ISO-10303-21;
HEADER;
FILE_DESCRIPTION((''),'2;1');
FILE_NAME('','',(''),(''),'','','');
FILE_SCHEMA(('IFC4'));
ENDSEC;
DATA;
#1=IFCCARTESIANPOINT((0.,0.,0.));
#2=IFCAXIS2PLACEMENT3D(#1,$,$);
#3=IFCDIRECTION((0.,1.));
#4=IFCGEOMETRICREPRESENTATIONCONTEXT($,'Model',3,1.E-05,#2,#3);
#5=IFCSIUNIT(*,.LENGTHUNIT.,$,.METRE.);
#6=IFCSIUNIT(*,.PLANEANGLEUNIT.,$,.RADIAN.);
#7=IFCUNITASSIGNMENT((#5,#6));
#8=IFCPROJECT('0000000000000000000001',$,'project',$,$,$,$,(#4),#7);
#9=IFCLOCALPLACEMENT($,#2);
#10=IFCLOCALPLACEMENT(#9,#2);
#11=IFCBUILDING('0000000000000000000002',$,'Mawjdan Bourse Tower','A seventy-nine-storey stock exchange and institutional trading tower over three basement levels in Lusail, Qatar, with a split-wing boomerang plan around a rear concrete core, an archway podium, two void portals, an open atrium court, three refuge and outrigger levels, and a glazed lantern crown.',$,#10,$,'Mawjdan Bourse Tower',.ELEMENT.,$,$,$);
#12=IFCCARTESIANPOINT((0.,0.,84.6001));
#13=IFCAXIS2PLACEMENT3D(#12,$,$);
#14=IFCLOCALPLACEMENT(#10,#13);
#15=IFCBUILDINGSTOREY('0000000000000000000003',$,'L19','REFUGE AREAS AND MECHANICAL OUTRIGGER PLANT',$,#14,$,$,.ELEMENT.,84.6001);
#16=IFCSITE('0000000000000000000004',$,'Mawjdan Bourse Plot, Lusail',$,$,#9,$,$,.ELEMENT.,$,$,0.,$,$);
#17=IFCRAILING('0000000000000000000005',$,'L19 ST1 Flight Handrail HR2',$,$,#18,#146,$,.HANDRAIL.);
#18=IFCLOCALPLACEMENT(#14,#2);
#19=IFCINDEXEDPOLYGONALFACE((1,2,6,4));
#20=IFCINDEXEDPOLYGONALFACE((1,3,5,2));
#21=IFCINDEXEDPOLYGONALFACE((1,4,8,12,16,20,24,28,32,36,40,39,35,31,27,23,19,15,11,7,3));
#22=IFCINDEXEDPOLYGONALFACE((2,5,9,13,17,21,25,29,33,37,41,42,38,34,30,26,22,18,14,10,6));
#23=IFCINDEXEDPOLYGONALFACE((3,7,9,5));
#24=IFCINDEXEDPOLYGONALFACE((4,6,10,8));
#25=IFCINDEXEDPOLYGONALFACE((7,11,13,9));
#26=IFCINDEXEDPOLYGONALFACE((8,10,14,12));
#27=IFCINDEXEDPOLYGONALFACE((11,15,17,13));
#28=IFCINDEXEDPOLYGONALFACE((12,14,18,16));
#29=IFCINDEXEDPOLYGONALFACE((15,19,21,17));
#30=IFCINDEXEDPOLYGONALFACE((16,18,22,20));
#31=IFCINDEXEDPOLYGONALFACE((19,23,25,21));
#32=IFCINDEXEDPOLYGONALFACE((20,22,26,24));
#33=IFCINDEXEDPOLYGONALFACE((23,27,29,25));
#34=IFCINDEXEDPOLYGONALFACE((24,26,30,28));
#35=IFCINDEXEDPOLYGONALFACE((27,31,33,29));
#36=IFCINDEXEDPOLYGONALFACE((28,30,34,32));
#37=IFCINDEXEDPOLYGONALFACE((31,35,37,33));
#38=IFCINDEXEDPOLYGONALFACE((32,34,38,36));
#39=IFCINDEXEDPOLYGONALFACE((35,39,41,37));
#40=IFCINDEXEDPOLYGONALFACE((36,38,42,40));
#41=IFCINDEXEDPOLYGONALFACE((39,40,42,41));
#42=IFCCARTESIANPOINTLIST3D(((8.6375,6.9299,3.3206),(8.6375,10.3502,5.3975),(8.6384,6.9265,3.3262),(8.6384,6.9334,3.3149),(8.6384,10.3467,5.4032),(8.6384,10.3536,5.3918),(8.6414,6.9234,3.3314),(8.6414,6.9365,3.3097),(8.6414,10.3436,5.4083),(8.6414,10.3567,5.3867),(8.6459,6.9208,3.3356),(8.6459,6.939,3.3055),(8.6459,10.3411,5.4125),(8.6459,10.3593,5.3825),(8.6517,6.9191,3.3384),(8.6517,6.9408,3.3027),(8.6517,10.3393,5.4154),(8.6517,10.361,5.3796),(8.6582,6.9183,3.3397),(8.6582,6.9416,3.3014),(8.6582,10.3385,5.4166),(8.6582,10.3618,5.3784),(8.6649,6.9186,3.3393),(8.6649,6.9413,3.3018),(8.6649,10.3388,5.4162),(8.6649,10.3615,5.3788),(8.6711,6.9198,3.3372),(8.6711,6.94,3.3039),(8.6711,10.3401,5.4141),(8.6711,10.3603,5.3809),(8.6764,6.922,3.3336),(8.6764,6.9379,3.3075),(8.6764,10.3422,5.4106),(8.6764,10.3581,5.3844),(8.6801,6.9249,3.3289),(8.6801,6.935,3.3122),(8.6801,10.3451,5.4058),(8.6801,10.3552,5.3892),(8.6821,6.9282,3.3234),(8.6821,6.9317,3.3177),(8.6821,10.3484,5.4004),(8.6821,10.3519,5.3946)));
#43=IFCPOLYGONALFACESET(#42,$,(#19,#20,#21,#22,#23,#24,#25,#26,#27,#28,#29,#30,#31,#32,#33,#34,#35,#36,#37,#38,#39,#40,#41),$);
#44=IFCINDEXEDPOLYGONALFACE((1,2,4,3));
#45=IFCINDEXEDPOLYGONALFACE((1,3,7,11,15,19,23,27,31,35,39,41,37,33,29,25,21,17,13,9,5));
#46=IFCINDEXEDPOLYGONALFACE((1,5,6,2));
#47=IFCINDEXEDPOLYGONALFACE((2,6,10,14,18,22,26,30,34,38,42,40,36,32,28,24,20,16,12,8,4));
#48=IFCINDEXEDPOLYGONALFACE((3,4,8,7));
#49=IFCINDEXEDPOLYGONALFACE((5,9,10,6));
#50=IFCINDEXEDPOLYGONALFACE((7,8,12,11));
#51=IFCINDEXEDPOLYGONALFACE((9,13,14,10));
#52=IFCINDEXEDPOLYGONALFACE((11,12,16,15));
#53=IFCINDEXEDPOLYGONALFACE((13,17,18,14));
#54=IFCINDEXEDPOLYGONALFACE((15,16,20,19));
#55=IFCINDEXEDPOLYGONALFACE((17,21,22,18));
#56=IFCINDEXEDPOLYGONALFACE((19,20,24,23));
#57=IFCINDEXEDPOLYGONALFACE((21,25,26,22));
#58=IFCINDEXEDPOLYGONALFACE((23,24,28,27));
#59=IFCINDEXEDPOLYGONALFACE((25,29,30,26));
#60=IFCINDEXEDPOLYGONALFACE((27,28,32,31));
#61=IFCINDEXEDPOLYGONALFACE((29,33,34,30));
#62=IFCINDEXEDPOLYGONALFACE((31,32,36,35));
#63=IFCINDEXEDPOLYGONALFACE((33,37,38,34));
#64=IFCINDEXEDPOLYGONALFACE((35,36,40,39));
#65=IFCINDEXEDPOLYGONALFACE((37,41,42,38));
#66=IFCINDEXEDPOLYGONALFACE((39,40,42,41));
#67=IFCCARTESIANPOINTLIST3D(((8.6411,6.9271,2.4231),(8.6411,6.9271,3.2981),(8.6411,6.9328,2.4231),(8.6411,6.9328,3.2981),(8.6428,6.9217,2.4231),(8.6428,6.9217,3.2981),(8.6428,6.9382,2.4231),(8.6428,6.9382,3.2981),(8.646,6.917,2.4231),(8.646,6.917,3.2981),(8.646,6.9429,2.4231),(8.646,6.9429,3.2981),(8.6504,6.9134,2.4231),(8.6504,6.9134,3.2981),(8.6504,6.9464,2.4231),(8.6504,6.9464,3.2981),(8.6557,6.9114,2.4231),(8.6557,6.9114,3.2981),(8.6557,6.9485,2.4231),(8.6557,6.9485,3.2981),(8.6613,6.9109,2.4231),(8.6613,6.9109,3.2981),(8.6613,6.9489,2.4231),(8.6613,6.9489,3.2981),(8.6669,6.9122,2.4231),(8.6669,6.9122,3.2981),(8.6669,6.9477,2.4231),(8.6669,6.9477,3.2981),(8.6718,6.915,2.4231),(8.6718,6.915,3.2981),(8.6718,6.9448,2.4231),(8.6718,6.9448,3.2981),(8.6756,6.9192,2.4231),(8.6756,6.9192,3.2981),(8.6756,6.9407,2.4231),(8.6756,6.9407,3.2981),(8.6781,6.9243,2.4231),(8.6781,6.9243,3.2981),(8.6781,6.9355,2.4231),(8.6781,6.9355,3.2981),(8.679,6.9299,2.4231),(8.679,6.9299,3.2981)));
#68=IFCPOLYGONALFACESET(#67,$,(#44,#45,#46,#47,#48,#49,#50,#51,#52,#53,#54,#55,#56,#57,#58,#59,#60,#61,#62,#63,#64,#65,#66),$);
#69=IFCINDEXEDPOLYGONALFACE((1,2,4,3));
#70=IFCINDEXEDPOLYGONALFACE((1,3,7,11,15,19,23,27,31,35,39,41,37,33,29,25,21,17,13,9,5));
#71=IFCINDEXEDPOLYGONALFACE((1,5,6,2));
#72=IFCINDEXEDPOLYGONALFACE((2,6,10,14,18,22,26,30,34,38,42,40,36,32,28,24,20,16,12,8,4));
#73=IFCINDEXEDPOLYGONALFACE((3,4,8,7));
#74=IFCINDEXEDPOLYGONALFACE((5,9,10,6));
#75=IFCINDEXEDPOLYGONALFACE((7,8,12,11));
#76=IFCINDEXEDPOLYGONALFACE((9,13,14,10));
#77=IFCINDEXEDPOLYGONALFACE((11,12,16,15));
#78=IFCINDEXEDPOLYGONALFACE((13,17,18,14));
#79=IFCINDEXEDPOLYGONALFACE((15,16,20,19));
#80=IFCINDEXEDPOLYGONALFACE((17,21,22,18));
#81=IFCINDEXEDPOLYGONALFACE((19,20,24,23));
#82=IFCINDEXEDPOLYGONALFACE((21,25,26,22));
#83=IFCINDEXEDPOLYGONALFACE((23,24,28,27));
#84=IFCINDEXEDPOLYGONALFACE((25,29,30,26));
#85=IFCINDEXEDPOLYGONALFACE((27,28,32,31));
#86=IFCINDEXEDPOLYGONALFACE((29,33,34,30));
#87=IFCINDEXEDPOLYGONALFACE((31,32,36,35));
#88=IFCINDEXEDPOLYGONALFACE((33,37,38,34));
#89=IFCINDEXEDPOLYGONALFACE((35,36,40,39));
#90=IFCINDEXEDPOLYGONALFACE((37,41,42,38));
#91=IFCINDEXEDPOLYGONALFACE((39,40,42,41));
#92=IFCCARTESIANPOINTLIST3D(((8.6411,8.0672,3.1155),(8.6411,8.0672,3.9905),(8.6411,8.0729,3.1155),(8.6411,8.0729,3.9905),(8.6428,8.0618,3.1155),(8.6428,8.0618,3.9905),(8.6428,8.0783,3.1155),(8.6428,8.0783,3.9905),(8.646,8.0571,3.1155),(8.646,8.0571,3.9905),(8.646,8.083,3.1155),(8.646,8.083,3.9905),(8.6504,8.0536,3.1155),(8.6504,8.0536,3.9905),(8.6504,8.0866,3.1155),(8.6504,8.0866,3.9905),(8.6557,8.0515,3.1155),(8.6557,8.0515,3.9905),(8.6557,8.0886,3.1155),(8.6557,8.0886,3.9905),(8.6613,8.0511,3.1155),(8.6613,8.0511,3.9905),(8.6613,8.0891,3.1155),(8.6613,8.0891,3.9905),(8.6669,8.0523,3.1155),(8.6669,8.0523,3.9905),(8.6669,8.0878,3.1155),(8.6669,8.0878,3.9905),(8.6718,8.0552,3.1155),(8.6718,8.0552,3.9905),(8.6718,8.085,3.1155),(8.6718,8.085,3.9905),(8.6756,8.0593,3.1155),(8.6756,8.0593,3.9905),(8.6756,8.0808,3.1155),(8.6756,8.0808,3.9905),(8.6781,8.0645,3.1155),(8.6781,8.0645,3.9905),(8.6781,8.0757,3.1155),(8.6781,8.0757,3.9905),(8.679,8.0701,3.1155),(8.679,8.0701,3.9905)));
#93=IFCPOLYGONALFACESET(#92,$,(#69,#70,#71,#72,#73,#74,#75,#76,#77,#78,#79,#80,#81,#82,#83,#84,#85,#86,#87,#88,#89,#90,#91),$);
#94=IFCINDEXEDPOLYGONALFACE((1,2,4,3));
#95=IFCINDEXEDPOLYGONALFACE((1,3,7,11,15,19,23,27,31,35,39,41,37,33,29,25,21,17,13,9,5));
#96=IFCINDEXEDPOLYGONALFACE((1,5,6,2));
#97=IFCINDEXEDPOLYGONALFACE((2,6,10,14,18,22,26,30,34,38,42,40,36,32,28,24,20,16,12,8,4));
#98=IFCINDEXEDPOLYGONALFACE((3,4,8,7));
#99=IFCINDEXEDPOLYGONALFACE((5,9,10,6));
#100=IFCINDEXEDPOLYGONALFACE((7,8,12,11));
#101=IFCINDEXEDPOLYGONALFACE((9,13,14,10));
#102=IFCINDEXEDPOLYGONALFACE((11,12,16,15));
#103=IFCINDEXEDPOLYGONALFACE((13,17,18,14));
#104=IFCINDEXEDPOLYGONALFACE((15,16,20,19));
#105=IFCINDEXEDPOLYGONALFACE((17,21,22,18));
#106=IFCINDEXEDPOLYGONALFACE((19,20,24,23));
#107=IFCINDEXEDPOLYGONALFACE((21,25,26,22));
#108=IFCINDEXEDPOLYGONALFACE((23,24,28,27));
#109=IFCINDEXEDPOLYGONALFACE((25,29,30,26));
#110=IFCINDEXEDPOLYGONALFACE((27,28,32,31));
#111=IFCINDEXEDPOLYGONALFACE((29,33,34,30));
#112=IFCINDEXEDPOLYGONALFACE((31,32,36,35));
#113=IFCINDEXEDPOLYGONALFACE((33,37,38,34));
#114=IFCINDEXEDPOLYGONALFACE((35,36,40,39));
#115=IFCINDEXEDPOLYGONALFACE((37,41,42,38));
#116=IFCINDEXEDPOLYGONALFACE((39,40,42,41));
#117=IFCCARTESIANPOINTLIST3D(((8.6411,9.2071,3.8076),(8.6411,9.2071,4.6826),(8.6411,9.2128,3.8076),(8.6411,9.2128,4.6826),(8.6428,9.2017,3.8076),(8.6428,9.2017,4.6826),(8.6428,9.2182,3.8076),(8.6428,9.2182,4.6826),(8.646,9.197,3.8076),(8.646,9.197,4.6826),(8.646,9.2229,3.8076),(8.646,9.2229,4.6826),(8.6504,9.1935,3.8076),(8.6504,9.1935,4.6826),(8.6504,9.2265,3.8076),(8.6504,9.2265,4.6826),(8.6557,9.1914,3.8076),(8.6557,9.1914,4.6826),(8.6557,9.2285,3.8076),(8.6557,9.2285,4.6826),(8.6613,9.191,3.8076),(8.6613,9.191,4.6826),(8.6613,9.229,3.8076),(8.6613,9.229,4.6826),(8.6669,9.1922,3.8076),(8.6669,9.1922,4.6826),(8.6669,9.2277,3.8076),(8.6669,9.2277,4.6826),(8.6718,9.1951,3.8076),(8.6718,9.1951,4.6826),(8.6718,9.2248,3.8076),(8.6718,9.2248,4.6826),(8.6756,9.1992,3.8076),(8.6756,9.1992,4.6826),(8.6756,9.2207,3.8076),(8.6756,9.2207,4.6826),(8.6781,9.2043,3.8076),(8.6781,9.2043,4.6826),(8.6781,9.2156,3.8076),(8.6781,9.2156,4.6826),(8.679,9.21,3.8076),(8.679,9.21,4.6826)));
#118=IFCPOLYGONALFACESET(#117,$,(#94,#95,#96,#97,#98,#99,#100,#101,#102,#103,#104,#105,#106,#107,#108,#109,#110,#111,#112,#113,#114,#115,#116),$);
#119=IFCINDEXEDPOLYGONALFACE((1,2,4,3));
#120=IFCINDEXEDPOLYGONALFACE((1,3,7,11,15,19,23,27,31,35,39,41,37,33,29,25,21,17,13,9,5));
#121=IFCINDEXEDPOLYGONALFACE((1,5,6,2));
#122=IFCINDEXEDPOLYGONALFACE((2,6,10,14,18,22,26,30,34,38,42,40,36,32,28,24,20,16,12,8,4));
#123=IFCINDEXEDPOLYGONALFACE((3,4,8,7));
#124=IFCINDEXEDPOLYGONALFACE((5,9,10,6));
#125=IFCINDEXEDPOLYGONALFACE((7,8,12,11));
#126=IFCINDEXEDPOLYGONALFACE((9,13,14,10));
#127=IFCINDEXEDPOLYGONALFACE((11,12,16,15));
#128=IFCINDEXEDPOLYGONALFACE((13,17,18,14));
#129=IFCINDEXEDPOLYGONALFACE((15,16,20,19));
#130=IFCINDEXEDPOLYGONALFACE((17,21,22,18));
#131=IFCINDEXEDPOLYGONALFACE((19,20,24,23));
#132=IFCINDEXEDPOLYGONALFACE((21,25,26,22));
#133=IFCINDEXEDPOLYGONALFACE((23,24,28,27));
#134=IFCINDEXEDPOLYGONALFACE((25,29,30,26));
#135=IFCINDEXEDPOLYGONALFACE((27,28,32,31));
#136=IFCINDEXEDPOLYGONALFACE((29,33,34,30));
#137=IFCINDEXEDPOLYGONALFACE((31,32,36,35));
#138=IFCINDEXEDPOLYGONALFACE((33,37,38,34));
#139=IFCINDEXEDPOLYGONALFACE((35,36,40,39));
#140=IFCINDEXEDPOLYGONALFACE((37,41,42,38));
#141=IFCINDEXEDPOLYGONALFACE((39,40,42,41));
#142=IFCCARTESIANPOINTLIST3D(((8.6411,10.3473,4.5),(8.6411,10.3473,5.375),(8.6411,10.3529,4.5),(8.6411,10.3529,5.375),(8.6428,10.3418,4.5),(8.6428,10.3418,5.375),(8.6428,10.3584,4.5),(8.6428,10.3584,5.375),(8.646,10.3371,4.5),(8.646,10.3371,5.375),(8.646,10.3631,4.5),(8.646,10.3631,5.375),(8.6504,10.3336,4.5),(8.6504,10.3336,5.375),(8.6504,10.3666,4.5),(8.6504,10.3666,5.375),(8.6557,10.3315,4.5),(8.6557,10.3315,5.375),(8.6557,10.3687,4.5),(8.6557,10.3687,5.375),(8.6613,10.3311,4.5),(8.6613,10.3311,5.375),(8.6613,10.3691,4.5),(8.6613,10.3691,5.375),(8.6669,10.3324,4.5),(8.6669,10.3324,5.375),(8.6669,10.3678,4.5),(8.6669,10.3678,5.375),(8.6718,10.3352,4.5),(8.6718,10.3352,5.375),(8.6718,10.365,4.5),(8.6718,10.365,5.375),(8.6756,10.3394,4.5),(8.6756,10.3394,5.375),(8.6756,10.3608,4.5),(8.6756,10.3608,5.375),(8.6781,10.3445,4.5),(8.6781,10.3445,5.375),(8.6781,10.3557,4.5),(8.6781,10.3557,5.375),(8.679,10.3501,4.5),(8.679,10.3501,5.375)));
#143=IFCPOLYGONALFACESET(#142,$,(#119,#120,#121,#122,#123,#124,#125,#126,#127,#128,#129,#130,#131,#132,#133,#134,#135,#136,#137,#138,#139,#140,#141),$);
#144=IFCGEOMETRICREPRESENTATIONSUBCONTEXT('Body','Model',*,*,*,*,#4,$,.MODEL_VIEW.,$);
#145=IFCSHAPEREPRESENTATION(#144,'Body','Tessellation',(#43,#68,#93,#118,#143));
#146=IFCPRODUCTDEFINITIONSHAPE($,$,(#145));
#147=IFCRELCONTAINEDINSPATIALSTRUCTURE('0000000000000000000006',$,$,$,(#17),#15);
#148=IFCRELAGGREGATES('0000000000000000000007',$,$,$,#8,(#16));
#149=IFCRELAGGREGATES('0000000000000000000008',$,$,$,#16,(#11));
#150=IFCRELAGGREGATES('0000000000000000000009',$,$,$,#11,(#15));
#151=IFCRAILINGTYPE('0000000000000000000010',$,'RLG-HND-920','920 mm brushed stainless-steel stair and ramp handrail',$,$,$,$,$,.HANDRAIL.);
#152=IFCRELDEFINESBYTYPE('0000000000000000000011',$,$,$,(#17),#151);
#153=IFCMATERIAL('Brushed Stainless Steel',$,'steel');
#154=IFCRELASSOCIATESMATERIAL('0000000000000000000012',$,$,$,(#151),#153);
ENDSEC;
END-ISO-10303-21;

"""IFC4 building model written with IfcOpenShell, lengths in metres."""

from ifc_helpers import new_model, si_unit, direction, frame, origin, origin_2d, place, context, subcontext, project, spatial, circle, extrude, material, type_object, element, save


model = new_model("IFC4")

# Units and contexts
model_context = context("Model", 3, precision=1e-05, world=origin(), true_north=direction((0.0, 1.0)))
body_context = subcontext(model_context, "Body", "Model", "MODEL_VIEW")
ifc_project = project(units=[si_unit("LENGTHUNIT", "METRE"), si_unit("PLANEANGLEUNIT", "RADIAN")], contexts=[model_context])

# Site, building, storey
site_placement = place(None, origin())
site = spatial("IfcSite", under=ifc_project, at=site_placement, Name="Mawjdan Bourse Plot, Lusail", CompositionType="ELEMENT", RefElevation=0.0)
building_placement = place(site_placement, origin())
building = spatial("IfcBuilding", under=site, at=building_placement, Name="Mawjdan Bourse Tower", Description="A seventy-nine-storey stock exchange and institutional trading tower over three basement levels in Lusail, Qatar, with a split-wing boomerang plan around a rear concrete core, an archway podium, two void portals, an open atrium court, three refuge and outrigger levels, and a glazed lantern crown.", LongName="Mawjdan Bourse Tower", CompositionType="ELEMENT")
storey_placement = place(building_placement, frame((0.0, 0.0, 84.6001)))
storey = spatial("IfcBuildingStorey", under=building, at=storey_placement, Name="L19", Description="REFUGE AREAS AND MECHANICAL OUTRIGGER PLANT", CompositionType="ELEMENT", Elevation=84.6001)

# Railing
ifc_material_1 = material(Name="Brushed Stainless Steel", Category="steel")
railing_type_1 = type_object("IfcRailingType", Name="RLG-HND-920", Description="920 mm brushed stainless-steel stair and ramp handrail", PredefinedType="HANDRAIL", material=ifc_material_1)
railing_1_placement = place(storey_placement, frame((8.6599, 6.9299, 2.4231)))
element("IfcRailing", 1, at=railing_1_placement, inside=storey, type_object=railing_type_1, Name="L19 ST1 Flight Handrail HR2", PredefinedType="HANDRAIL", context=body_context, shape_type="SweptSolid", body=[
    extrude(circle(Radius=0.0225, at=origin_2d()), frame((0.0, 0.0, 0.8975), z_axis=(0.0, 0.854746, 0.519047), x_axis=(-1.0, 0.0, 0.0)), (0.0, 0.0, 1.0), 4.0015),
    extrude(circle(Radius=0.019, at=origin_2d()), origin(), (0.0, 0.0, 1.0), 0.875),
    extrude(circle(Radius=0.019, at=origin_2d()), frame((0.0, 1.1401, 0.6924)), (0.0, 0.0, 1.0), 0.875),
    extrude(circle(Radius=0.019, at=origin_2d()), frame((0.0, 2.28, 1.3845)), (0.0, 0.0, 1.0), 0.875),
    extrude(circle(Radius=0.019, at=origin_2d()), frame((0.0, 3.4202, 2.0769)), (0.0, 0.0, 1.0), 0.875),
])

save(model, "model.ifc")
